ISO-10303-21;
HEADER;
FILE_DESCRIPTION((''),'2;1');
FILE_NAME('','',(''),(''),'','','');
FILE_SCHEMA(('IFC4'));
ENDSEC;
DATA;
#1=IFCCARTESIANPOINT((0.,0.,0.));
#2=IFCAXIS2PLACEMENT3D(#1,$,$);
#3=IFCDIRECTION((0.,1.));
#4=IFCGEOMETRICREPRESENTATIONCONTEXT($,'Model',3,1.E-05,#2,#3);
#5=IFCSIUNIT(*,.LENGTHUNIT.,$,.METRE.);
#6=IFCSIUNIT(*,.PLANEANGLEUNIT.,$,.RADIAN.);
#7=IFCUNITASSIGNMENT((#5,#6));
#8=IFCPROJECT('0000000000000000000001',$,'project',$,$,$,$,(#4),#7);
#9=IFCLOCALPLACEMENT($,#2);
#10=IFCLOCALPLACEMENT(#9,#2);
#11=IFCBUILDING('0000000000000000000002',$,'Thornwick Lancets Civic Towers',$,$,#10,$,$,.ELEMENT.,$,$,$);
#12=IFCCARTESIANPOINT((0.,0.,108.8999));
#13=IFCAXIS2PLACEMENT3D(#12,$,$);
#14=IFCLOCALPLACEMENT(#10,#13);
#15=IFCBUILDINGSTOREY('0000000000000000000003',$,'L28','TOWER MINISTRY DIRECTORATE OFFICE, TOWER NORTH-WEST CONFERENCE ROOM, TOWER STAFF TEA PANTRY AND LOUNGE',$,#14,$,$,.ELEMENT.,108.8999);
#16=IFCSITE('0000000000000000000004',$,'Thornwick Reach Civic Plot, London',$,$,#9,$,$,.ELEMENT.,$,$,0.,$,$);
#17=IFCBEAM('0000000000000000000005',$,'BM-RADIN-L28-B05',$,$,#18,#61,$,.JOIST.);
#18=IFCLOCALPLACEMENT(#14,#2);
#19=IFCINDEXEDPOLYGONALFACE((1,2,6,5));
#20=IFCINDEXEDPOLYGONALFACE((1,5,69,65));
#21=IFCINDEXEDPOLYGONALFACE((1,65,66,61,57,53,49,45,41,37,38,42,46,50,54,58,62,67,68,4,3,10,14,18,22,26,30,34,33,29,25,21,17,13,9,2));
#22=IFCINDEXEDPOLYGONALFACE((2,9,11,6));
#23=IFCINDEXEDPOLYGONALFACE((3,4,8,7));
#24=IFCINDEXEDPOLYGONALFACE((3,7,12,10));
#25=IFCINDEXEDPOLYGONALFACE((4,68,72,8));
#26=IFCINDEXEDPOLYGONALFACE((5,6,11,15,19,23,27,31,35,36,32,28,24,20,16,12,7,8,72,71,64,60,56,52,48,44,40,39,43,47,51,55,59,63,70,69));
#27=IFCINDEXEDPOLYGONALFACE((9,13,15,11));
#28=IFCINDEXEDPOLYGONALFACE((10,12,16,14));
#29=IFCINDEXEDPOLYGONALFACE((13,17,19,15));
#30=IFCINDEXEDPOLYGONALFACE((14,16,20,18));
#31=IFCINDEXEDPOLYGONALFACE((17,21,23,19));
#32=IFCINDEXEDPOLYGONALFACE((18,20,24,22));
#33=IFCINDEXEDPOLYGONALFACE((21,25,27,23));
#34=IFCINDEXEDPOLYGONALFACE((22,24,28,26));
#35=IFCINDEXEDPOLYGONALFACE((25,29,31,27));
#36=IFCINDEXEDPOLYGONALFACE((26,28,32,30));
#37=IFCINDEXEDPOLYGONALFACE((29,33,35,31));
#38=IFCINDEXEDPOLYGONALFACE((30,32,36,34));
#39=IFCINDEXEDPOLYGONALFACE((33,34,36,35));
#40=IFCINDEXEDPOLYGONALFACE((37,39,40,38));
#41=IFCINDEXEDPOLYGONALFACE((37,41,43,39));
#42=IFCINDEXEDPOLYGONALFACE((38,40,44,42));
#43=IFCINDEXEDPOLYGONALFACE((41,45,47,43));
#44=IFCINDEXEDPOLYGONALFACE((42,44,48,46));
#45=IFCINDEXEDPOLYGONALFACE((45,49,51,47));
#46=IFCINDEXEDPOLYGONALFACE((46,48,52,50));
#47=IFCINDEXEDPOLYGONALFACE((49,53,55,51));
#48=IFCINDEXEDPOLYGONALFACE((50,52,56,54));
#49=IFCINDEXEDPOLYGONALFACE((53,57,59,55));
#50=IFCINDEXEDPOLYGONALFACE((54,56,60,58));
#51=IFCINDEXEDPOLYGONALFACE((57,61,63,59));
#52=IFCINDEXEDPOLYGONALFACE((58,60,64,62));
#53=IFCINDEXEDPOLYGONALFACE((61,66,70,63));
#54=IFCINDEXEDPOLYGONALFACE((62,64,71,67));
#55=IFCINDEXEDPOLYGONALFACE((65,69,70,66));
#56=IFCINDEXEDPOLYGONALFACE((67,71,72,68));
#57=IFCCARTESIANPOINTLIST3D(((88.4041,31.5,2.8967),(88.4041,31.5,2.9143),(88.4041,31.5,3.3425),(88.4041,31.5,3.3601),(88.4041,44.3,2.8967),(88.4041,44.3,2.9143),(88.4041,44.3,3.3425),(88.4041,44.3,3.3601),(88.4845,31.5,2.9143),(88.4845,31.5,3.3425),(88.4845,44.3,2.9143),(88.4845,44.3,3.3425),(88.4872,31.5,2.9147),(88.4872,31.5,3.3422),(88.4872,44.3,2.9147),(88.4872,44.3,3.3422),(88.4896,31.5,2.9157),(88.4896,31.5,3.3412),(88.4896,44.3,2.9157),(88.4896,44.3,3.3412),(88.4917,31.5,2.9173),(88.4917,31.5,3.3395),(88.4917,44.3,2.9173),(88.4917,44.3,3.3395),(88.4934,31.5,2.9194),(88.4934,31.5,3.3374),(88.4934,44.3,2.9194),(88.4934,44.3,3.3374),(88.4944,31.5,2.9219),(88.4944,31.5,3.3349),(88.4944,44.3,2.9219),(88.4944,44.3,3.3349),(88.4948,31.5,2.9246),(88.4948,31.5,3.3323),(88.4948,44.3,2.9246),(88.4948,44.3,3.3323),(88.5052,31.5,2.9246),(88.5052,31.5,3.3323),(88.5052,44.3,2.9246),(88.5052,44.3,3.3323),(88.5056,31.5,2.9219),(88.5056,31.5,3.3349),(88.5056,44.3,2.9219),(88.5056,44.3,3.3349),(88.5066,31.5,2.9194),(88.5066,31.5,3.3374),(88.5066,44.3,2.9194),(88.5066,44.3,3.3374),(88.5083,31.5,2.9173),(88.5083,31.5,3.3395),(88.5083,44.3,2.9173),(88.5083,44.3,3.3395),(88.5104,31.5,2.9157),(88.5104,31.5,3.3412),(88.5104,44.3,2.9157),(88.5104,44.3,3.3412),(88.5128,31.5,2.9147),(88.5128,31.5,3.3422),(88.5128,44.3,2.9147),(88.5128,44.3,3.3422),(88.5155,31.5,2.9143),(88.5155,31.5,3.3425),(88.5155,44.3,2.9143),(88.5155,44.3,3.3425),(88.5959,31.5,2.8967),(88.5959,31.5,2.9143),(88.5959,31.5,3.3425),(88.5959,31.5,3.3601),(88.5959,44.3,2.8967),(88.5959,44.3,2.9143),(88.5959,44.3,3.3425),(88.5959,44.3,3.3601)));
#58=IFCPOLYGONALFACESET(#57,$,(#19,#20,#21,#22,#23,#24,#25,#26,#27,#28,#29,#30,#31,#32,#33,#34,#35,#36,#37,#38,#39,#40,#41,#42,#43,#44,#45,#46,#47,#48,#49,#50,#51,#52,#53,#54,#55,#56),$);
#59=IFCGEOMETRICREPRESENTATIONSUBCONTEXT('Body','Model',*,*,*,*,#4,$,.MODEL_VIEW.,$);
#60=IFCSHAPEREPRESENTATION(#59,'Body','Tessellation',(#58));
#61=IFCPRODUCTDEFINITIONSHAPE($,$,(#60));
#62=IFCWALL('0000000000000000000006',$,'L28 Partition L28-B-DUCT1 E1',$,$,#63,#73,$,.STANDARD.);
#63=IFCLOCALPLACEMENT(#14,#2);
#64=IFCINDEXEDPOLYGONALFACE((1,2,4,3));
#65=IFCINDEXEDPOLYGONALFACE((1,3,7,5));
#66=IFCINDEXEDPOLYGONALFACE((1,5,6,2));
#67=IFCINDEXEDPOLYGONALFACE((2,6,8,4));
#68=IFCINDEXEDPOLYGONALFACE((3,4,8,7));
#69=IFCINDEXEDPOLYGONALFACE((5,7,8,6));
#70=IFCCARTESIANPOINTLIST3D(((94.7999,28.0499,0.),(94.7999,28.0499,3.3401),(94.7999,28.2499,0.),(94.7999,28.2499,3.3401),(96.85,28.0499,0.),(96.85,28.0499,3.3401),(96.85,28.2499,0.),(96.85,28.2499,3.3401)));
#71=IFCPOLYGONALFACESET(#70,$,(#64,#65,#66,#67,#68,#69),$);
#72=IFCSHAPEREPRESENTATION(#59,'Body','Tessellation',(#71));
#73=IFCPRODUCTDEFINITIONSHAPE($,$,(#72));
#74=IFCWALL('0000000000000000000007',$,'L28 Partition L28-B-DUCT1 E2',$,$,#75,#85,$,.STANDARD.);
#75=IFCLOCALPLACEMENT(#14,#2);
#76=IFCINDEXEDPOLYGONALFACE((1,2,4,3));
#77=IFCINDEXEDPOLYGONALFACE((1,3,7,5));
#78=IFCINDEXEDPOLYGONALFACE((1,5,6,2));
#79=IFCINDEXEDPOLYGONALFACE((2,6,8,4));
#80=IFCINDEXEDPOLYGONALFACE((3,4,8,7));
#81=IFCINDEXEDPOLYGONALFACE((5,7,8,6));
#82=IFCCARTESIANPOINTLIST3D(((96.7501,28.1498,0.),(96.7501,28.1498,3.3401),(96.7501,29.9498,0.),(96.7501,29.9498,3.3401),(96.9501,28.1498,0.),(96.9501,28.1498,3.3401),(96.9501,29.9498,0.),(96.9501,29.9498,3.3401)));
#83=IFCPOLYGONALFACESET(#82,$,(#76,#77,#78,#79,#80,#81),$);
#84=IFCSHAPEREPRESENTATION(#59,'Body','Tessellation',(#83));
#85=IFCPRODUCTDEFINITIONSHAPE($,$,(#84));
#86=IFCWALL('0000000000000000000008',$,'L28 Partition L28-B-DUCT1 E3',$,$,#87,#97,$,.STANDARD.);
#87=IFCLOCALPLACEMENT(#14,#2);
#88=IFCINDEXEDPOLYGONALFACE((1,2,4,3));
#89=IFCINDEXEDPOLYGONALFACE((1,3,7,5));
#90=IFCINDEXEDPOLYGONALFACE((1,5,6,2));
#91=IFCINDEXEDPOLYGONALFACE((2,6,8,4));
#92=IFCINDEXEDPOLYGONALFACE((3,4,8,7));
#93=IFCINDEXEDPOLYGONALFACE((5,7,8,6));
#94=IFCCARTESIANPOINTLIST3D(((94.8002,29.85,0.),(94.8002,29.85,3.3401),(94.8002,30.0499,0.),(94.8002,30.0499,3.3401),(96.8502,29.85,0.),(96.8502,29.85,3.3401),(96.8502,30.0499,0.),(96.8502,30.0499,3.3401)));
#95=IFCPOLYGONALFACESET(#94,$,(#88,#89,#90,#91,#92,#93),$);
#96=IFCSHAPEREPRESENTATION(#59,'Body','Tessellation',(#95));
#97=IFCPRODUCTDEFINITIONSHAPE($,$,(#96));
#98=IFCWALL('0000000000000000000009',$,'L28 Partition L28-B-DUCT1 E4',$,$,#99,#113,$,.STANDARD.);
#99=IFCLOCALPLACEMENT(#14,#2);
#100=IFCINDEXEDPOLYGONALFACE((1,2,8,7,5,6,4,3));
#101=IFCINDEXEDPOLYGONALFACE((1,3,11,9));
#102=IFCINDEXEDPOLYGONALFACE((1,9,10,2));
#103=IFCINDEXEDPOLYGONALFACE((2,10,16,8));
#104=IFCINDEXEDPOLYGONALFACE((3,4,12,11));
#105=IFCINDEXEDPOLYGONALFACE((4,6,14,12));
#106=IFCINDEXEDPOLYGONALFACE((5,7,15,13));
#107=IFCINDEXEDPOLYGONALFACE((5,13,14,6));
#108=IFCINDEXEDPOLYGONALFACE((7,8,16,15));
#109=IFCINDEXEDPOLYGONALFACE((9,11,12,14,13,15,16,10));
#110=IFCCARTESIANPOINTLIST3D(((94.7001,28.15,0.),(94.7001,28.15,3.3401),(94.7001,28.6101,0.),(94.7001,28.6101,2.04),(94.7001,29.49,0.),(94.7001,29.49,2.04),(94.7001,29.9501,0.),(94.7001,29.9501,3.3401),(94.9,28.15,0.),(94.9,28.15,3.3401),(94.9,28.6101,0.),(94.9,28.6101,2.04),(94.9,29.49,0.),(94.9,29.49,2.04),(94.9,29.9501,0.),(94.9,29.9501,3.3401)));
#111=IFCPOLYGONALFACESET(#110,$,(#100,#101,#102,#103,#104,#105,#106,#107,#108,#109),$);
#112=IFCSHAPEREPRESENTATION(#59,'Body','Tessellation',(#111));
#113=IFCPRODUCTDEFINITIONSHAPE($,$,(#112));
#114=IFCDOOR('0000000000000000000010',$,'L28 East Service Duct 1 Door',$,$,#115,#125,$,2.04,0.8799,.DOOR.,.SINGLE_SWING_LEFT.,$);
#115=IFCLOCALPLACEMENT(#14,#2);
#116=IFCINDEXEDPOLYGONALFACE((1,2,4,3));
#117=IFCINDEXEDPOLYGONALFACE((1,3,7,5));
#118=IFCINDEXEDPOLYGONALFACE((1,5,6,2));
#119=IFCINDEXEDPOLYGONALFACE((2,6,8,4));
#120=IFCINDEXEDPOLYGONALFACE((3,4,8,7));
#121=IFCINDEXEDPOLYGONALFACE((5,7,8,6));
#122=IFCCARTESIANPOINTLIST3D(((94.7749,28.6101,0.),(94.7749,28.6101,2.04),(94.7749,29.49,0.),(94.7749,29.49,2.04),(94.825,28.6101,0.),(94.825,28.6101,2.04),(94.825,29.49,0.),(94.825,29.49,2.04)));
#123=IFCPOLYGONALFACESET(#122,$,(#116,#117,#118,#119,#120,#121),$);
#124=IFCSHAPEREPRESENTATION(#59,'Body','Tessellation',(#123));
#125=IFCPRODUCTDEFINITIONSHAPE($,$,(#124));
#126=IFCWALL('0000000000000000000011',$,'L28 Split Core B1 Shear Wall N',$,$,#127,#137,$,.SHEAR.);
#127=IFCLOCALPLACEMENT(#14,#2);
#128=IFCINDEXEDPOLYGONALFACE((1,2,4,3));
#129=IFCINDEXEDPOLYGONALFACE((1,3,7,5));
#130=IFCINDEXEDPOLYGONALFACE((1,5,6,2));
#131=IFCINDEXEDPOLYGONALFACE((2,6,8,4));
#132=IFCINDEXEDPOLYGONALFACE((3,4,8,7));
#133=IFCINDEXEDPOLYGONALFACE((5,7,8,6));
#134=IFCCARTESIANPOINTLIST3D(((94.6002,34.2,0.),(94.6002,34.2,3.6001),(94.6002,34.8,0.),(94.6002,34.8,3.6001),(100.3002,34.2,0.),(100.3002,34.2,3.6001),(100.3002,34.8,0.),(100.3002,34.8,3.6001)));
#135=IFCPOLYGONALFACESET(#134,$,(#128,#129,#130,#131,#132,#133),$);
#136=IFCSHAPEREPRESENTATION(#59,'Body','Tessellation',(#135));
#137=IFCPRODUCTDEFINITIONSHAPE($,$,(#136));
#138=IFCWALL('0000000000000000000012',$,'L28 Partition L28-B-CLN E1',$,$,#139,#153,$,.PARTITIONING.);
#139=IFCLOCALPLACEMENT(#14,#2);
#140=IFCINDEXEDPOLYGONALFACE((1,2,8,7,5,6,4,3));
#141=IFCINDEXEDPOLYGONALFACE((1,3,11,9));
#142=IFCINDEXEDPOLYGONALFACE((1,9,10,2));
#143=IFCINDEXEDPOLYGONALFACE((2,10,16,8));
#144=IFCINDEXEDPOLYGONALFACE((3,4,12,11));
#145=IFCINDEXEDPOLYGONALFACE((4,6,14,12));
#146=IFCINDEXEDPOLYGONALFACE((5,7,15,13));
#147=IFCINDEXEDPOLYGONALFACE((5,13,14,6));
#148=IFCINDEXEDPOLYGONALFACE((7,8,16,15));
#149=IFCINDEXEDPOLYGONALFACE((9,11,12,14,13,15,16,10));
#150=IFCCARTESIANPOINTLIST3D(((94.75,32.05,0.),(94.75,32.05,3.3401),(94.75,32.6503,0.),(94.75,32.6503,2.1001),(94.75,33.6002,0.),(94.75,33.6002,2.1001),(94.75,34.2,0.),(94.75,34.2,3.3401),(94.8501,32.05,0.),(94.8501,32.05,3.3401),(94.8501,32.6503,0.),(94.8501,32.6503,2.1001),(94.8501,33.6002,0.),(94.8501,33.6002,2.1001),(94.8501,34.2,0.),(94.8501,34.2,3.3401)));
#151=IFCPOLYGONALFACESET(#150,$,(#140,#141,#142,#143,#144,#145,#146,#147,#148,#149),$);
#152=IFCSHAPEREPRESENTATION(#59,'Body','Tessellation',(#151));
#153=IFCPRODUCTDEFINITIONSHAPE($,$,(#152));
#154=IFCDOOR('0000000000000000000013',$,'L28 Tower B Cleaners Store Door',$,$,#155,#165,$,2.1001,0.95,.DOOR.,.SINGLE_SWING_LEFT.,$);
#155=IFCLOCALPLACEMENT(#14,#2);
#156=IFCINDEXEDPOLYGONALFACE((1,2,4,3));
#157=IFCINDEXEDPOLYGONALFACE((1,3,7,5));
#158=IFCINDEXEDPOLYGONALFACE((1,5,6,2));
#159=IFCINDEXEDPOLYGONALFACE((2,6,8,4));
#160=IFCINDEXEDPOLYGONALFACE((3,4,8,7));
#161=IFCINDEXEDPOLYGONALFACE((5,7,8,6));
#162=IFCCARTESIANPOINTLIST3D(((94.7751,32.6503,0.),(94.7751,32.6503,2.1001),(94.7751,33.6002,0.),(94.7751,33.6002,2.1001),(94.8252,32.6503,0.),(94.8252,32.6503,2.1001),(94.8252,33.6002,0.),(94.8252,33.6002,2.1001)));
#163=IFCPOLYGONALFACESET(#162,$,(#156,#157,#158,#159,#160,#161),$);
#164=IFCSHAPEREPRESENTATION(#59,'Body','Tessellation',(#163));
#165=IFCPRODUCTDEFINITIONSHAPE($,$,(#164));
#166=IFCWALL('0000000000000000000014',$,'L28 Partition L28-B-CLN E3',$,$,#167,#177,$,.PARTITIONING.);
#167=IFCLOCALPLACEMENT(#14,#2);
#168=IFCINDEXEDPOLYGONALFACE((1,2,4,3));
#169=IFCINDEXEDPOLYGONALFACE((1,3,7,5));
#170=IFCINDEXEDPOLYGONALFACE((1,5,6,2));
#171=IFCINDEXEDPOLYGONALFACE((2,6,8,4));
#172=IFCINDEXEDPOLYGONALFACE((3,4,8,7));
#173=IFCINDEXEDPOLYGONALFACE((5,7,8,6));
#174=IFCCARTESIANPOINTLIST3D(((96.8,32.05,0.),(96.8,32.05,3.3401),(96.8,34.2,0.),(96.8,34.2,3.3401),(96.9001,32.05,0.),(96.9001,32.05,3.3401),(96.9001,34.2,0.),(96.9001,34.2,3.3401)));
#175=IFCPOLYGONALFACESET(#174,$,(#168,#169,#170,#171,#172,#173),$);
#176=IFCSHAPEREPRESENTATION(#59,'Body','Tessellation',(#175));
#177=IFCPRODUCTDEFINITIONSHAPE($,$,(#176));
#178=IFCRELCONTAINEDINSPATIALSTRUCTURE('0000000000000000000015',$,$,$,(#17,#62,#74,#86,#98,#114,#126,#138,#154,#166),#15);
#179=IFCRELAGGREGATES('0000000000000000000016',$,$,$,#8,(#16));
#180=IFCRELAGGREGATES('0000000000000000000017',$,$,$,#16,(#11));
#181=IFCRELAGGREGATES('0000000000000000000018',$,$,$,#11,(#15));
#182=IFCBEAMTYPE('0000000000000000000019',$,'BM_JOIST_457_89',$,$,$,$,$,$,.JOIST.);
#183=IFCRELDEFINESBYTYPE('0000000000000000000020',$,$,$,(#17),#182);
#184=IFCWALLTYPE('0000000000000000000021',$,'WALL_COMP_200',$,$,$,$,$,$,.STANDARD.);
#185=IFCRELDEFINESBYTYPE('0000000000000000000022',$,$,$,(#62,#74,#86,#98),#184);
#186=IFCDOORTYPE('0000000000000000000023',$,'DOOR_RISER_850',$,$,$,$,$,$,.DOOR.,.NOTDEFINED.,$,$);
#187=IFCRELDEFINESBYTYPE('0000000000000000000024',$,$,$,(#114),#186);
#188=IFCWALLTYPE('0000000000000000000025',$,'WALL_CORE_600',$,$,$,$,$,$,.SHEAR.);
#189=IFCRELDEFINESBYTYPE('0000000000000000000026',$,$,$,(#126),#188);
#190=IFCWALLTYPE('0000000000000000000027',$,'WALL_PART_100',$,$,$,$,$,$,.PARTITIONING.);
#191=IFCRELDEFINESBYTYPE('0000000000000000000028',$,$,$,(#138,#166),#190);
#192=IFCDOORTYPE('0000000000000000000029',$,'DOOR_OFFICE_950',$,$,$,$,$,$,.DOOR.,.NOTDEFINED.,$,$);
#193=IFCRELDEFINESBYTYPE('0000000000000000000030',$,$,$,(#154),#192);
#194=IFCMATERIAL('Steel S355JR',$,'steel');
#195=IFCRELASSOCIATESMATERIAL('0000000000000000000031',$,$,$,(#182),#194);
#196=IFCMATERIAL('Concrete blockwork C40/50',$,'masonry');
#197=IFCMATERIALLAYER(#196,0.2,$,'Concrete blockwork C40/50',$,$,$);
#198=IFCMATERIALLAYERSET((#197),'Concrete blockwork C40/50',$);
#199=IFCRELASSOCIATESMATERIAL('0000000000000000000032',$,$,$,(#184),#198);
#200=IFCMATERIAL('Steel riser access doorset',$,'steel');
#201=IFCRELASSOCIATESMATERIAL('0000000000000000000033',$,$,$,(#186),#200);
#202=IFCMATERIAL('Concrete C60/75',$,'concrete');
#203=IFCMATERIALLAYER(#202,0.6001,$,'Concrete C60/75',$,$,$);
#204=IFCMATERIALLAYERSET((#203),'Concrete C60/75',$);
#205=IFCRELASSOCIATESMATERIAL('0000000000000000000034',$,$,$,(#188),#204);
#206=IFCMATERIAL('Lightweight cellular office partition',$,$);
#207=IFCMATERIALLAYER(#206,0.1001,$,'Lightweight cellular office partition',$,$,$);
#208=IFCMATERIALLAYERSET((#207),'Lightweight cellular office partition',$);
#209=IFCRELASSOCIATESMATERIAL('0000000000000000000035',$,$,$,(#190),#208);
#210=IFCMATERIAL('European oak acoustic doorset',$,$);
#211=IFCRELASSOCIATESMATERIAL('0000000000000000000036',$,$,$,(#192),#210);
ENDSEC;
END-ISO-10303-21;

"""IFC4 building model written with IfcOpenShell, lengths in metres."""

from ifc_helpers import new_model, si_unit, direction, frame, frame_2d, origin, origin_2d, place, context, subcontext, project, spatial, rectangle, i_section, extrude, material, layer, layer_set, material_profile, profile_set, type_object, element, fill, save


model = new_model("IFC4")

# Units and contexts
model_context = context("Model", 3, precision=1e-05, world=origin(), true_north=direction((0.0, 1.0)))
body_context = subcontext(model_context, "Body", "Model", "MODEL_VIEW")
ifc_project = project(units=[si_unit("LENGTHUNIT", "METRE"), si_unit("PLANEANGLEUNIT", "RADIAN")], contexts=[model_context])

# Site, building, storey
site_placement = place(None, origin())
site = spatial("IfcSite", under=ifc_project, at=site_placement, Name="Thornwick Reach Civic Plot, London", CompositionType="ELEMENT", RefElevation=0.0)
building_placement = place(site_placement, origin())
building = spatial("IfcBuilding", under=site, at=building_placement, Name="Thornwick Lancets Civic Towers", CompositionType="ELEMENT")
storey_placement = place(building_placement, frame((0.0, 0.0, 108.8999)))
storey = spatial("IfcBuildingStorey", under=building, at=storey_placement, Name="L28", Description="TOWER MINISTRY DIRECTORATE OFFICE, TOWER NORTH-WEST CONFERENCE ROOM, TOWER STAFF TEA PANTRY AND LOUNGE", CompositionType="ELEMENT", Elevation=108.8999)

# Shared definitions
ifc_material_1 = material(Name="Concrete C60/75", Category="concrete")

# Beam
ifc_material_2 = material(Name="Steel S355JR", Category="steel")
ifc_material_profile_1 = material_profile(ifc_material_2, i_section(OverallWidth=0.1919, OverallDepth=0.4634, WebThickness=0.0105, FlangeThickness=0.0176, FilletRadius=0.0103, at=origin_2d()), Name="UKB 457x191x89")
ifc_profile_set_1 = profile_set([ifc_material_profile_1], Name="Steel S355JR")
beam_type_1 = type_object("IfcBeamType", Name="BM_JOIST_457_89", PredefinedType="JOIST", material=ifc_profile_set_1)
beam_1_placement = place(storey_placement, frame((88.5, 31.5, 3.1284), z_axis=(0.0, 1.0, 0.0), x_axis=(-1.0, 0.0, 0.0)))
element("IfcBeam", 1, at=beam_1_placement, inside=storey, type_object=beam_type_1, Name="BM-RADIN-L28-B05", PredefinedType="JOIST", context=body_context, shape_type="SweptSolid", body=[
    extrude(i_section(OverallWidth=0.1919, OverallDepth=0.4634, WebThickness=0.0105, FlangeThickness=0.0176, FilletRadius=0.0103, at=origin_2d()), origin(), (0.0, 0.0, 1.0), 12.8),
])

# Walls
ifc_material_3 = material(Name="Concrete blockwork C40/50", Category="masonry")
ifc_layer_1 = layer(ifc_material_3, 0.2, Name="Concrete blockwork C40/50")
ifc_layer_set_1 = layer_set([ifc_layer_1], Name="Concrete blockwork C40/50")
wall_type_1 = type_object("IfcWallType", Name="WALL_COMP_200", PredefinedType="STANDARD", material=ifc_layer_set_1)
wall_1_placement = place(storey_placement, frame((94.8, 28.1499, 0.0), z_axis=(0.0, 0.0, 1.0), x_axis=(1.0, 0.0, 0.0)))
element("IfcWall", 2, at=wall_1_placement, inside=storey, type_object=wall_type_1, Name="L28 Partition L28-B-DUCT1 E1", PredefinedType="STANDARD", context=body_context, shape_type="SweptSolid", body=[
    extrude(rectangle(XDim=2.05, YDim=0.2, at=frame_2d((1.0249, 0.0))), origin(), (0.0, 0.0, 1.0), 3.3401),
])
wall_2_placement = place(storey_placement, frame((96.8501, 28.1499, 0.0), z_axis=(0.0, 0.0, 1.0), x_axis=(0.0, 1.0, 0.0)))
element("IfcWall", 3, at=wall_2_placement, inside=storey, type_object=wall_type_1, Name="L28 Partition L28-B-DUCT1 E2", PredefinedType="STANDARD", context=body_context, shape_type="SweptSolid", body=[
    extrude(rectangle(XDim=1.8, YDim=0.2, at=frame_2d((0.8999, 0.0))), origin(), (0.0, 0.0, 1.0), 3.3401),
])
wall_3_placement = place(storey_placement, frame((96.8501, 29.95, 0.0), z_axis=(0.0, 0.0, 1.0), x_axis=(-1.0, 0.0, 0.0)))
element("IfcWall", 4, at=wall_3_placement, inside=storey, type_object=wall_type_1, Name="L28 Partition L28-B-DUCT1 E3", PredefinedType="STANDARD", context=body_context, shape_type="SweptSolid", body=[
    extrude(rectangle(XDim=2.05, YDim=0.2, at=frame_2d((1.0249, 0.0))), origin(), (0.0, 0.0, 1.0), 3.3401),
])

# Wall, opening, door
wall_4_placement = place(storey_placement, frame((94.8, 29.95, 0.0), z_axis=(0.0, 0.0, 1.0), x_axis=(0.0, -1.0, 0.0)))
wall_4 = element("IfcWall", 5, at=wall_4_placement, inside=storey, type_object=wall_type_1, Name="L28 Partition L28-B-DUCT1 E4", PredefinedType="STANDARD", context=body_context, shape_type="SweptSolid", body=[
    extrude(rectangle(XDim=1.8, YDim=0.2, at=frame_2d((0.8999, 0.0))), origin(), (0.0, 0.0, 1.0), 3.3401),
])
opening_1_placement = place(wall_4_placement, frame((0.46, 0.0, 0.0)))
opening_1 = element("IfcOpeningElement", 6, at=opening_1_placement, cuts=wall_4, PredefinedType="OPENING", context=body_context, shape_type="SweptSolid", body=[
    extrude(rectangle(XDim=0.8799, YDim=2.04, at=frame_2d((0.4399, 1.02))), frame((0.0, 0.1099, 0.0), z_axis=(0.0, -1.0, 0.0), x_axis=(1.0, 0.0, 0.0)), (0.0, 0.0, 1.0), 0.22),
])
ifc_material_4 = material(Name="Steel riser access doorset", Category="steel")
door_type_1 = type_object("IfcDoorType", Name="DOOR_RISER_850", OperationType="NOTDEFINED", PredefinedType="DOOR", material=ifc_material_4)
door_1_placement = place(opening_1_placement, origin())
door_1 = element("IfcDoor", 7, at=door_1_placement, inside=storey, type_object=door_type_1, Name="L28 East Service Duct 1 Door", OperationType="SINGLE_SWING_LEFT", OverallHeight=2.04, OverallWidth=0.8799, PredefinedType="DOOR", context=body_context, shape_type="SweptSolid", body=[
    extrude(rectangle(XDim=0.8799, YDim=2.04, at=frame_2d((0.4399, 1.02))), frame((0.0, 0.0249, 0.0), z_axis=(0.0, -1.0, 0.0), x_axis=(1.0, 0.0, 0.0)), (0.0, 0.0, 1.0), 0.05),
])
fill(opening_1, door_1)

# Wall
ifc_layer_2 = layer(ifc_material_1, 0.6001, Name="Concrete C60/75")
ifc_layer_set_2 = layer_set([ifc_layer_2], Name="Concrete C60/75")
wall_type_2 = type_object("IfcWallType", Name="WALL_CORE_600", PredefinedType="SHEAR", material=ifc_layer_set_2)
wall_5_placement = place(storey_placement, frame((94.6001, 34.5, 0.0), z_axis=(0.0, 0.0, 1.0), x_axis=(1.0, 0.0, 0.0)))
element("IfcWall", 8, at=wall_5_placement, inside=storey, type_object=wall_type_2, Name="L28 Split Core B1 Shear Wall N", PredefinedType="SHEAR", context=body_context, shape_type="SweptSolid", body=[
    extrude(rectangle(XDim=5.7, YDim=0.6001, at=frame_2d((2.8501, 0.0))), origin(), (0.0, 0.0, 1.0), 3.6001),
])

# Wall, opening, door
ifc_material_5 = material(Name="Lightweight cellular office partition")
ifc_layer_3 = layer(ifc_material_5, 0.1001, Name="Lightweight cellular office partition")
ifc_layer_set_3 = layer_set([ifc_layer_3], Name="Lightweight cellular office partition")
wall_type_3 = type_object("IfcWallType", Name="WALL_PART_100", PredefinedType="PARTITIONING", material=ifc_layer_set_3)
wall_6_placement = place(storey_placement, frame((94.8, 32.05, 0.0), z_axis=(0.0, 0.0, 1.0), x_axis=(0.0, 1.0, 0.0)))
wall_6 = element("IfcWall", 9, at=wall_6_placement, inside=storey, type_object=wall_type_3, Name="L28 Partition L28-B-CLN E1", PredefinedType="PARTITIONING", context=body_context, shape_type="SweptSolid", body=[
    extrude(rectangle(XDim=2.1499, YDim=0.1001, at=frame_2d((1.075, 0.0))), origin(), (0.0, 0.0, 1.0), 3.3401),
])
opening_2_placement = place(wall_6_placement, frame((0.6001, 0.0, 0.0)))
opening_2 = element("IfcOpeningElement", 10, at=opening_2_placement, cuts=wall_6, PredefinedType="OPENING", context=body_context, shape_type="SweptSolid", body=[
    extrude(rectangle(XDim=0.95, YDim=2.1001, at=frame_2d((0.4751, 1.05))), frame((0.0, 0.0601, 0.0), z_axis=(0.0, -1.0, 0.0), x_axis=(1.0, 0.0, 0.0)), (0.0, 0.0, 1.0), 0.1201),
])
ifc_material_6 = material(Name="European oak acoustic doorset")
door_type_2 = type_object("IfcDoorType", Name="DOOR_OFFICE_950", OperationType="NOTDEFINED", PredefinedType="DOOR", material=ifc_material_6)
door_2_placement = place(opening_2_placement, origin())
door_2 = element("IfcDoor", 11, at=door_2_placement, inside=storey, type_object=door_type_2, Name="L28 Tower B Cleaners Store Door", OperationType="SINGLE_SWING_LEFT", OverallHeight=2.1001, OverallWidth=0.95, PredefinedType="DOOR", context=body_context, shape_type="SweptSolid", body=[
    extrude(rectangle(XDim=0.95, YDim=2.1001, at=frame_2d((0.4751, 1.05))), frame((0.0, 0.0249, 0.0), z_axis=(0.0, -1.0, 0.0), x_axis=(1.0, 0.0, 0.0)), (0.0, 0.0, 1.0), 0.05),
])
fill(opening_2, door_2)

# Wall
wall_7_placement = place(storey_placement, frame((96.8501, 34.2, 0.0), z_axis=(0.0, 0.0, 1.0), x_axis=(0.0, -1.0, 0.0)))
element("IfcWall", 12, at=wall_7_placement, inside=storey, type_object=wall_type_3, Name="L28 Partition L28-B-CLN E3", PredefinedType="PARTITIONING", context=body_context, shape_type="SweptSolid", body=[
    extrude(rectangle(XDim=2.1499, YDim=0.1001, at=frame_2d((1.075, 0.0))), origin(), (0.0, 0.0, 1.0), 3.3401),
])

save(model, "model.ifc")
